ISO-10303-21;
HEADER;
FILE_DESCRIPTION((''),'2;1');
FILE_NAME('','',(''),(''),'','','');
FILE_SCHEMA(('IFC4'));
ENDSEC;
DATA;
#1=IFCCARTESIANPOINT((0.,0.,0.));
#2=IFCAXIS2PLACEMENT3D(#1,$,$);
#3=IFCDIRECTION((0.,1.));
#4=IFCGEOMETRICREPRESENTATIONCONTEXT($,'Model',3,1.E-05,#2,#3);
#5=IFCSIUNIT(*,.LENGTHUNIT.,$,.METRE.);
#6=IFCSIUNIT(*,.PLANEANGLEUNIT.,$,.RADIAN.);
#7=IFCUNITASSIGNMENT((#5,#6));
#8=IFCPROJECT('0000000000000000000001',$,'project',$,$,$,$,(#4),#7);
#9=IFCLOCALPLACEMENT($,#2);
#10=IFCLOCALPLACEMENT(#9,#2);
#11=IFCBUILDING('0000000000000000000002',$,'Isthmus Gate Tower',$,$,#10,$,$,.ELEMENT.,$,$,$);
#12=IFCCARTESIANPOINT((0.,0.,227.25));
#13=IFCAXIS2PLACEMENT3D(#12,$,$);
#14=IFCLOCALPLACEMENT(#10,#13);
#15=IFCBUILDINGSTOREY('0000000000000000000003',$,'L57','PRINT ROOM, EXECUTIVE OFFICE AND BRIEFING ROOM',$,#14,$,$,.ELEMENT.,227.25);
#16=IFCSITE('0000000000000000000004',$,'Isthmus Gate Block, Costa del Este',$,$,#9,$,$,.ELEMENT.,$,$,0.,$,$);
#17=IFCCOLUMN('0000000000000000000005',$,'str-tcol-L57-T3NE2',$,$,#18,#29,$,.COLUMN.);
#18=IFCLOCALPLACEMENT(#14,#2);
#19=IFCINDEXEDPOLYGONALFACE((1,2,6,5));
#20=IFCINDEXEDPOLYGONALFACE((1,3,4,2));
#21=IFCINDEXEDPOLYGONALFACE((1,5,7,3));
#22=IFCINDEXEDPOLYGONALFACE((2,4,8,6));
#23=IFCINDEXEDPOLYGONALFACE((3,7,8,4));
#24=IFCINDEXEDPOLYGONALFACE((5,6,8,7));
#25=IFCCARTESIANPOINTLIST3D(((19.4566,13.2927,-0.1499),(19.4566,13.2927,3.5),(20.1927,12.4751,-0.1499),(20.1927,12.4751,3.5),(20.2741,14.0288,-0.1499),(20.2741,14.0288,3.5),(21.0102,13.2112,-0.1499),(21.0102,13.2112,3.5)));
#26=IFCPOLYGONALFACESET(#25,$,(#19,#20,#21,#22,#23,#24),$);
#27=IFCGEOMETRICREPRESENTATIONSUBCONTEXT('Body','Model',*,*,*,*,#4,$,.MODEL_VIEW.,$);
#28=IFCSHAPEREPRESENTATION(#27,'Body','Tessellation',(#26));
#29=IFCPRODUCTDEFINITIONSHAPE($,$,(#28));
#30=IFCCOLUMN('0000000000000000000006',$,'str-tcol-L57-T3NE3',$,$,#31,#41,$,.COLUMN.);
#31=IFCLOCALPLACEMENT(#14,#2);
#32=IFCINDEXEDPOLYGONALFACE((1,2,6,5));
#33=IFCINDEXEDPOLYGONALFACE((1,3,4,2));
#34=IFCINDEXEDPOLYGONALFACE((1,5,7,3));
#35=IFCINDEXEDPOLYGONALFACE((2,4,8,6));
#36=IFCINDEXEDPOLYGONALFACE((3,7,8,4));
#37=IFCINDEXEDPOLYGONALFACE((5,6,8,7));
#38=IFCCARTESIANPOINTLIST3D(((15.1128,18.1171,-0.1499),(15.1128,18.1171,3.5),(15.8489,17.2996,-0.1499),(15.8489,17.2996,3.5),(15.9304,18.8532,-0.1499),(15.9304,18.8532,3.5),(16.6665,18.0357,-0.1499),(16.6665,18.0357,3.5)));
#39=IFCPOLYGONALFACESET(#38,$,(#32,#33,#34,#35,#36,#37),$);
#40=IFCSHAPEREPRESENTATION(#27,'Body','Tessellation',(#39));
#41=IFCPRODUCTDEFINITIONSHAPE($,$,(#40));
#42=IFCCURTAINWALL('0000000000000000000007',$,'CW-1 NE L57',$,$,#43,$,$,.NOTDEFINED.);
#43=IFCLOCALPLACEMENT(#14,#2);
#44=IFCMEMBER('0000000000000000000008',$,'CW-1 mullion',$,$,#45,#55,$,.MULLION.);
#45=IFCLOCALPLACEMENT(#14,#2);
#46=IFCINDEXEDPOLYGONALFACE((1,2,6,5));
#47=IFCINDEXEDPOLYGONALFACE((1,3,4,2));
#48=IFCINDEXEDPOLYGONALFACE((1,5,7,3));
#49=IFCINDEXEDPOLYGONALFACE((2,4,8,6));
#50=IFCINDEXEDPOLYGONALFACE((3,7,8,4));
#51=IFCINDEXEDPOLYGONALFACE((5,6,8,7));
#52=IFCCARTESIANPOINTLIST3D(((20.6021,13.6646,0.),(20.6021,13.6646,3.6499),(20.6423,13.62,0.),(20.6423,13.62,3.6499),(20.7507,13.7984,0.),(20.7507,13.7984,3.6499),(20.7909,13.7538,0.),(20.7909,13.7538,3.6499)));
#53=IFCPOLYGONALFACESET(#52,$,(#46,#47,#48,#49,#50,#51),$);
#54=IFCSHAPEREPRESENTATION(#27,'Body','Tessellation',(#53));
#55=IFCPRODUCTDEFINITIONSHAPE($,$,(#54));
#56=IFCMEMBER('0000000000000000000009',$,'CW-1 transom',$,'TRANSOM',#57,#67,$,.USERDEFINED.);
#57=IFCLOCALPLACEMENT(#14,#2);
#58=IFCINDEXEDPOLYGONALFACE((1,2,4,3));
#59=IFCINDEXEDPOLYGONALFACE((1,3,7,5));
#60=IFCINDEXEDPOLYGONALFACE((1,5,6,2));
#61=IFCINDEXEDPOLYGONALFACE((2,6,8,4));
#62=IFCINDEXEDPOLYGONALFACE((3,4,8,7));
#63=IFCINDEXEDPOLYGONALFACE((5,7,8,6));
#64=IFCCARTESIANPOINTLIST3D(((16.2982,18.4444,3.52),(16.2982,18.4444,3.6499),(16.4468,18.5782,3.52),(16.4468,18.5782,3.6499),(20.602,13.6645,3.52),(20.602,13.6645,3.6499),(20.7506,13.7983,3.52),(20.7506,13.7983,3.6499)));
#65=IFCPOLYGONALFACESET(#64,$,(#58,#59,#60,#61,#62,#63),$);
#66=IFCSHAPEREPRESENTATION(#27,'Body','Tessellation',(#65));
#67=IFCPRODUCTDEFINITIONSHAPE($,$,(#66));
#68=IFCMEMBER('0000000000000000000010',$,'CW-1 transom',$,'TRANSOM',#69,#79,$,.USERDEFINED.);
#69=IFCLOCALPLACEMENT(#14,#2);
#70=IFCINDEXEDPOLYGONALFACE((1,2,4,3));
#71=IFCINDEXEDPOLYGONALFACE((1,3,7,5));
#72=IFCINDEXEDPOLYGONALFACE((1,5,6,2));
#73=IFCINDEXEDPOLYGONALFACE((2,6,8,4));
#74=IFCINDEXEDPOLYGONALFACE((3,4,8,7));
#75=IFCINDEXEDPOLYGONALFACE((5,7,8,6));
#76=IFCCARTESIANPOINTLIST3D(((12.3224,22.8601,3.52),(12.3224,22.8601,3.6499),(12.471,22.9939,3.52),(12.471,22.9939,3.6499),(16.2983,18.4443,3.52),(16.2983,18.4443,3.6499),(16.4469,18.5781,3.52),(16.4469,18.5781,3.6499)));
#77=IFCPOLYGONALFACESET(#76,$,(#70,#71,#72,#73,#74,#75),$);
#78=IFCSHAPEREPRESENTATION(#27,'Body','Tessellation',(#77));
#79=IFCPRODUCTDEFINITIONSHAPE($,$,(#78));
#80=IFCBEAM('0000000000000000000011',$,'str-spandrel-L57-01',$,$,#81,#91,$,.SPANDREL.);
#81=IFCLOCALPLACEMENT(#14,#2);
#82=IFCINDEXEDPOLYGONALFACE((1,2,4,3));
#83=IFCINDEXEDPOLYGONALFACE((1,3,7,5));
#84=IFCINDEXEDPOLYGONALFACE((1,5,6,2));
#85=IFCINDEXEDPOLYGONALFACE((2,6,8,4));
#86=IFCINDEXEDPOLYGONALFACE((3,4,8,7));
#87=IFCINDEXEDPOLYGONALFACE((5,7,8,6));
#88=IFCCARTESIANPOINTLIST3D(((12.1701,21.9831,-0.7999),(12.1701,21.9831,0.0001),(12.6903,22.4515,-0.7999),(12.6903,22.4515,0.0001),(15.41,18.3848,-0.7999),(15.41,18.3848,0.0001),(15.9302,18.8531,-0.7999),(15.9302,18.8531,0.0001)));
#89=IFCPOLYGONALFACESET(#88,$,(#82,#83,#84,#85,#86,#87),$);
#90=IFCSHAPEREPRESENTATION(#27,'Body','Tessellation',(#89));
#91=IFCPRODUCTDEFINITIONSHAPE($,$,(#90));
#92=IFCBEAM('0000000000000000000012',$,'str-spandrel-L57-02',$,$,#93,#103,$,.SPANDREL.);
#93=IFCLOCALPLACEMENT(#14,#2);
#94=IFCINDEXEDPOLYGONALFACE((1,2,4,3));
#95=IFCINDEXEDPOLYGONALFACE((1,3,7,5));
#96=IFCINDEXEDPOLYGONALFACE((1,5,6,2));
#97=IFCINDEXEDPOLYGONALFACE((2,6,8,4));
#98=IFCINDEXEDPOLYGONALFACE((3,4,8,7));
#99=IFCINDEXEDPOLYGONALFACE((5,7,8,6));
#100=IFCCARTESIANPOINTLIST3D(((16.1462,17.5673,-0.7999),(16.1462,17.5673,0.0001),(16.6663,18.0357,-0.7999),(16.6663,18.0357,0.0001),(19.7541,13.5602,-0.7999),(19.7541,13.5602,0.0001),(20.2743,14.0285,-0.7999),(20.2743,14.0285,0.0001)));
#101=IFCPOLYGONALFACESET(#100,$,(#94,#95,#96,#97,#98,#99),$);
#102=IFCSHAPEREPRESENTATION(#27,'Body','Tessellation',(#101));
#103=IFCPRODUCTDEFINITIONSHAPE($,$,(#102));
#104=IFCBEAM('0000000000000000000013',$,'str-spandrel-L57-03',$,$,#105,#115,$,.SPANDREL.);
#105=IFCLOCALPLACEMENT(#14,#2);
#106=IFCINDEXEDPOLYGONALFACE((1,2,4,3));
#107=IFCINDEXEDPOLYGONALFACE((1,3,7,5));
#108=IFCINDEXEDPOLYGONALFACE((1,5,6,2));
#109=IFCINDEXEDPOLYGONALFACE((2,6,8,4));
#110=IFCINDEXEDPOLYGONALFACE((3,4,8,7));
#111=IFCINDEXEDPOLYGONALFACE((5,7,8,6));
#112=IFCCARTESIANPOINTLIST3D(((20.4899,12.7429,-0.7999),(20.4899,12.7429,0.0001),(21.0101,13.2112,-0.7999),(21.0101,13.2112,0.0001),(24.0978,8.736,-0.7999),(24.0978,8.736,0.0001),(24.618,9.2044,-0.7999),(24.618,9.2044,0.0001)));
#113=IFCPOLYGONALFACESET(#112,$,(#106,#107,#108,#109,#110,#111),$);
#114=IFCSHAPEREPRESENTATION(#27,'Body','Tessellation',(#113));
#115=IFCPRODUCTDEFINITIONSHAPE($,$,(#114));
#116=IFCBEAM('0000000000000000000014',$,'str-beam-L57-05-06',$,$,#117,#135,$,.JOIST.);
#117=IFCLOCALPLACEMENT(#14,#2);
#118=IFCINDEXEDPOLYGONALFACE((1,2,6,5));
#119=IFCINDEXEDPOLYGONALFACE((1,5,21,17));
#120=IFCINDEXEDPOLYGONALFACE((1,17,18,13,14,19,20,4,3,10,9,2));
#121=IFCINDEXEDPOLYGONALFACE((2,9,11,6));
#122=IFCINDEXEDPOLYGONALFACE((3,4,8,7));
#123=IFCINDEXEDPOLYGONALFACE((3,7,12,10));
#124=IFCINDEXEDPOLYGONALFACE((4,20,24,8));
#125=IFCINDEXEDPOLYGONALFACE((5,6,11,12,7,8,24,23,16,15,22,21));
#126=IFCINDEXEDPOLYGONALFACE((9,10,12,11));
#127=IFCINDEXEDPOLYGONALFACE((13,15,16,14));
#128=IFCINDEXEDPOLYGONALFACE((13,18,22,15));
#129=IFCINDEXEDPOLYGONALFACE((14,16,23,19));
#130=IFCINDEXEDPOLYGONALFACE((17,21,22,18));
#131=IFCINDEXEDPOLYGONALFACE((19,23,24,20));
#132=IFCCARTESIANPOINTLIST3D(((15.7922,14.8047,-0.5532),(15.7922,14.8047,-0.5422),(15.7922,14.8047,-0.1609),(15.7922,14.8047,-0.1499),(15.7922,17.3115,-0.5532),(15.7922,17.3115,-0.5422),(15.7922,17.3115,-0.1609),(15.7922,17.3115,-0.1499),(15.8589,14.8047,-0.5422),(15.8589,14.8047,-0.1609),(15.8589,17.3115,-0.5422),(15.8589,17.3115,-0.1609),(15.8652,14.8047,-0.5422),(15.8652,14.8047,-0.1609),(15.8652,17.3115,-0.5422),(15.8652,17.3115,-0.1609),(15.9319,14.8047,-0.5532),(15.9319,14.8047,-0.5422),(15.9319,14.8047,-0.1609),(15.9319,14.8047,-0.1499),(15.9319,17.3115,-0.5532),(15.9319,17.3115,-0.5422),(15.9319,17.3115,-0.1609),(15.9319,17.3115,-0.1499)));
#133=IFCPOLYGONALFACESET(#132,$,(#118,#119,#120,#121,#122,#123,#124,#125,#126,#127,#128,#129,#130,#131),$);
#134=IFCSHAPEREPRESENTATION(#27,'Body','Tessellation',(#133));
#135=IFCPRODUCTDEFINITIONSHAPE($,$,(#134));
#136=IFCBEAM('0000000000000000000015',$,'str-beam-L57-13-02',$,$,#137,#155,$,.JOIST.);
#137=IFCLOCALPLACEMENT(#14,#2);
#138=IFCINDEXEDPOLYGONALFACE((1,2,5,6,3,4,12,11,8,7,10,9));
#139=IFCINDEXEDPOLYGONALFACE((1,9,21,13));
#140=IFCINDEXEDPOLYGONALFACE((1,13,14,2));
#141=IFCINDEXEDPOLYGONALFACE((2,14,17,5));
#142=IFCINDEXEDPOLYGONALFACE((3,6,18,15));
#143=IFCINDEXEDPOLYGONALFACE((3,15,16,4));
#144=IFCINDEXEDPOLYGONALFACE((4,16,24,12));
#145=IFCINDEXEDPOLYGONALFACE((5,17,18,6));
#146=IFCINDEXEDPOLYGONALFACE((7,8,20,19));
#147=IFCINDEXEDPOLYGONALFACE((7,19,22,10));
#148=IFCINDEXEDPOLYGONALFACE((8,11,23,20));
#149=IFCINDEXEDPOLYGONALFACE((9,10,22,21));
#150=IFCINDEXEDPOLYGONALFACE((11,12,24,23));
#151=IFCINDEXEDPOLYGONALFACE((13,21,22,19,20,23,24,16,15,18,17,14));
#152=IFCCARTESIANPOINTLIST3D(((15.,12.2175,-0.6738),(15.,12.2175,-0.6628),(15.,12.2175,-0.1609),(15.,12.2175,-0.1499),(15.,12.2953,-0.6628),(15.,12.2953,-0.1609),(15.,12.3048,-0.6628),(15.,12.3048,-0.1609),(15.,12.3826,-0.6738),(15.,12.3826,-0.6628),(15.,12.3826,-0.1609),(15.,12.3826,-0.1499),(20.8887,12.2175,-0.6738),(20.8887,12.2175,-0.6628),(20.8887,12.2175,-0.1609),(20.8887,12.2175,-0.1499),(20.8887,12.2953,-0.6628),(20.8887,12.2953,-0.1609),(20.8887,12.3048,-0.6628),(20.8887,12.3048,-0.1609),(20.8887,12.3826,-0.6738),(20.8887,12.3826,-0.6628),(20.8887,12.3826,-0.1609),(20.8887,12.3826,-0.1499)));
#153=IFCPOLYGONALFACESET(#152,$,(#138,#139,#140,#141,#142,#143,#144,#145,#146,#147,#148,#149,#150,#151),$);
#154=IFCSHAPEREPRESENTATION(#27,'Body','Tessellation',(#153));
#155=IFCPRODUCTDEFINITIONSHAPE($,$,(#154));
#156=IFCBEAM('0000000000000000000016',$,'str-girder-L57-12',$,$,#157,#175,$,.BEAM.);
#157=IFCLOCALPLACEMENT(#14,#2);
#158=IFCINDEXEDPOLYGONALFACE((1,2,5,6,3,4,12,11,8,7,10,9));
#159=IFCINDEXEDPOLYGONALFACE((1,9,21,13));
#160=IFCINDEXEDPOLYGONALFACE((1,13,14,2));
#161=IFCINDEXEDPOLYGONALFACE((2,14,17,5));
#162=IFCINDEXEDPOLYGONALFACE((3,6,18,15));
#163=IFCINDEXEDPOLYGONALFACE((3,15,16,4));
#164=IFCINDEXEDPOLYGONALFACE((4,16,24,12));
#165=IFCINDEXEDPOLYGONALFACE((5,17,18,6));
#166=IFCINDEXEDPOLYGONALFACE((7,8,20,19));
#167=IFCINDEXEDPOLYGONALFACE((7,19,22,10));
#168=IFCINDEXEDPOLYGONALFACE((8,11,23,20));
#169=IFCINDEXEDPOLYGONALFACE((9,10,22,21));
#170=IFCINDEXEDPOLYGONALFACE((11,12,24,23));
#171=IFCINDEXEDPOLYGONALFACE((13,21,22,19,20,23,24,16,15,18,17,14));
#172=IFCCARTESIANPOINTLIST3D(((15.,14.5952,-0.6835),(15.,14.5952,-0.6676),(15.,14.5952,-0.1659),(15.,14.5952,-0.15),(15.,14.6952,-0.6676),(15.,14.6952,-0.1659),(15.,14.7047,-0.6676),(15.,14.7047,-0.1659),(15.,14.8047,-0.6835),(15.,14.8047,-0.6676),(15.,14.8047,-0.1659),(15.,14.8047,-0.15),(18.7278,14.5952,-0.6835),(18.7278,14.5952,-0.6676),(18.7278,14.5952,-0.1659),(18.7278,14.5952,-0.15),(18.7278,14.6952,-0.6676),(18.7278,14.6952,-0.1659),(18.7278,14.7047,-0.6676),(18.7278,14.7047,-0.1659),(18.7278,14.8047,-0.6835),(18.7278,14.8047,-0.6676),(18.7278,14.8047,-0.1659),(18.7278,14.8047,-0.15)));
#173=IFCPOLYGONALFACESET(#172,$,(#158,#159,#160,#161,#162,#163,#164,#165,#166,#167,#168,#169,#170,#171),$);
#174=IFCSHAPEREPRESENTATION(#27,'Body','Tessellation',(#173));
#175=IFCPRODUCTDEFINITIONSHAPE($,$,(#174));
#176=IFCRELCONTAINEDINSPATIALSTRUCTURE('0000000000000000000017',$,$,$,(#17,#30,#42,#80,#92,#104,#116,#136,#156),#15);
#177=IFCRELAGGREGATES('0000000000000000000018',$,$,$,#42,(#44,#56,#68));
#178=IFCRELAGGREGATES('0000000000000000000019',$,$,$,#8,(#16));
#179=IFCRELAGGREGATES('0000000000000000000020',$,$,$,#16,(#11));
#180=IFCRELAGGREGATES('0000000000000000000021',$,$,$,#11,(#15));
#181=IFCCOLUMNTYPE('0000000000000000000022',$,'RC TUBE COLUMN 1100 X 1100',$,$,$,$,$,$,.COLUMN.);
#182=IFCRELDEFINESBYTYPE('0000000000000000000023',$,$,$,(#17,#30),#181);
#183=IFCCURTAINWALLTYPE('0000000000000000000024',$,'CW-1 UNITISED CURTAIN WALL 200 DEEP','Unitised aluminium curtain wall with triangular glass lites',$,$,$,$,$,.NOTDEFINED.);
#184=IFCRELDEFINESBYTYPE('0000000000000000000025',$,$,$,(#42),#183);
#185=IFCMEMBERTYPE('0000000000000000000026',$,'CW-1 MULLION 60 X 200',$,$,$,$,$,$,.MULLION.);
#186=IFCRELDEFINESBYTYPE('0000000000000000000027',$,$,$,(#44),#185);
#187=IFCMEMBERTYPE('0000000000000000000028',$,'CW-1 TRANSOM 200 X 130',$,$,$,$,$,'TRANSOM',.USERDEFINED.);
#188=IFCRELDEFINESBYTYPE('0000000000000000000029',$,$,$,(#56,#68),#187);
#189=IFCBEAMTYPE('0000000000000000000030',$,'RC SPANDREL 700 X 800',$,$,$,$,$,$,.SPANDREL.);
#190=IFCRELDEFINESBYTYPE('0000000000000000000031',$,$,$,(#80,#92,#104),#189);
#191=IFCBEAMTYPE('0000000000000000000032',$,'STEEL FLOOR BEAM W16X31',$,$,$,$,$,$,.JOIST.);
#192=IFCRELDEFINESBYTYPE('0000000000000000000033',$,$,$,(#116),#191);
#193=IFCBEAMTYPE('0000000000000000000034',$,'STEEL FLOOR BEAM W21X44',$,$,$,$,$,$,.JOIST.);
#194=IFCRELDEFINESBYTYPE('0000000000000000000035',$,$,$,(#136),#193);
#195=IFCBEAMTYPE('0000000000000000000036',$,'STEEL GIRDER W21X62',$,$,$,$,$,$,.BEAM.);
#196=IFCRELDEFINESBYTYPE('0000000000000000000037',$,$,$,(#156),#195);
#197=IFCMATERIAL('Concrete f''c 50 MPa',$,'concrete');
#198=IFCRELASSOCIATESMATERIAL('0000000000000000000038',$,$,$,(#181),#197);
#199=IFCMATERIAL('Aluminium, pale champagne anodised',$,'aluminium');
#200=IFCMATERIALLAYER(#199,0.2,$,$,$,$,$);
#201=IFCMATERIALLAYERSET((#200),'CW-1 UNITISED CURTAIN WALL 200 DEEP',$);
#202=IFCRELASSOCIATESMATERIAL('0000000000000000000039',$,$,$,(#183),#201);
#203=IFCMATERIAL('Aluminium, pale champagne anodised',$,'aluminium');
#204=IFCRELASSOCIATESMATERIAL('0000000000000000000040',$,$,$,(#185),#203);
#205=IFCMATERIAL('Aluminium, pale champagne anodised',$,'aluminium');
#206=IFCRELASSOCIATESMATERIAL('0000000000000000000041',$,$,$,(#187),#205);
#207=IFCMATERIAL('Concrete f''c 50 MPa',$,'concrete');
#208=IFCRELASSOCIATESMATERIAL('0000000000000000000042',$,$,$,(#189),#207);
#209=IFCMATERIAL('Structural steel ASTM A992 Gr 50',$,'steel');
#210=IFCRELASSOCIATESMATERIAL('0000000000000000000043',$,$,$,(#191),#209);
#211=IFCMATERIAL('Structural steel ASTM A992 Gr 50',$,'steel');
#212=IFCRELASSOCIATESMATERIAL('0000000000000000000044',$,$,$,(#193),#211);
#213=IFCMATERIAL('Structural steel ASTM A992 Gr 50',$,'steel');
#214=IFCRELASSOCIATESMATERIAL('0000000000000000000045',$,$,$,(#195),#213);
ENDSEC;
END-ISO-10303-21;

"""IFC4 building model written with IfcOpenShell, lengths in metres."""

from ifc_helpers import new_model, si_unit, direction, frame, origin, origin_2d, place, context, subcontext, project, spatial, rectangle, i_section, extrude, material, layer, layer_set, material_profile, profile_set, type_object, element, aggregate, save


model = new_model("IFC4")

# Units and contexts
model_context = context("Model", 3, precision=1e-05, world=origin(), true_north=direction((0.0, 1.0)))
body_context = subcontext(model_context, "Body", "Model", "MODEL_VIEW")
ifc_project = project(units=[si_unit("LENGTHUNIT", "METRE"), si_unit("PLANEANGLEUNIT", "RADIAN")], contexts=[model_context])

# Site, building, storey
site_placement = place(None, origin())
site = spatial("IfcSite", under=ifc_project, at=site_placement, Name="Isthmus Gate Block, Costa del Este", CompositionType="ELEMENT", RefElevation=0.0)
building_placement = place(site_placement, origin())
building = spatial("IfcBuilding", under=site, at=building_placement, Name="Isthmus Gate Tower", CompositionType="ELEMENT")
storey_placement = place(building_placement, frame((0.0, 0.0, 227.25)))
storey = spatial("IfcBuildingStorey", under=building, at=storey_placement, Name="L57", Description="PRINT ROOM, EXECUTIVE OFFICE AND BRIEFING ROOM", CompositionType="ELEMENT", Elevation=227.25)

# Columns
ifc_material_1 = material(Name="Concrete f'c 50 MPa", Category="concrete")
ifc_material_profile_1 = material_profile(ifc_material_1, rectangle(XDim=1.1001, YDim=1.1001, at=origin_2d()), Name="RC 1100X1100")
ifc_profile_set_1 = profile_set([ifc_material_profile_1], Name="Concrete f'c 50 MPa")
column_type = type_object("IfcColumnType", Name="RC TUBE COLUMN 1100 X 1100", PredefinedType="COLUMN", material=ifc_profile_set_1)
for number, where, z_axis, x_axis, name in (
    (1, (20.2334, 13.252, -0.1499), (0.0, 0.0, 1.0), (-0.669131, 0.743145, 0.0), "str-tcol-L57-T3NE2"),
    (2, (15.8896, 18.0764, -0.1499), (0.0, 0.0, 1.0), (-0.669131, 0.743145, 0.0), "str-tcol-L57-T3NE3"),
):
    element("IfcColumn", number, at=place(storey_placement, frame(where, z_axis=z_axis, x_axis=x_axis)), inside=storey, type_object=column_type, Name=name, PredefinedType="COLUMN", context=body_context, shape_type="SweptSolid", body=[
        extrude(rectangle(XDim=1.1001, YDim=1.1001, at=origin_2d()), origin(), (0.0, 0.0, 1.0), 3.6499),
    ])

# Curtain wall, members
ifc_material_2 = material(Name="Aluminium, pale champagne anodised", Category="aluminium")
ifc_layer_1 = layer(ifc_material_2, 0.2)
ifc_layer_set_1 = layer_set([ifc_layer_1], Name="CW-1 UNITISED CURTAIN WALL 200 DEEP")
curtain_wall_type = type_object("IfcCurtainWallType", Name="CW-1 UNITISED CURTAIN WALL 200 DEEP", Description="Unitised aluminium curtain wall with triangular glass lites", PredefinedType="NOTDEFINED", material=ifc_layer_set_1)
curtain_wall_placement = place(storey_placement, origin())
curtain_wall = element("IfcCurtainWall", 3, at=curtain_wall_placement, inside=storey, type_object=curtain_wall_type, Name="CW-1 NE L57", PredefinedType="NOTDEFINED")
ifc_material_3 = material(Name="Aluminium, pale champagne anodised", Category="aluminium")
ifc_material_profile_2 = material_profile(ifc_material_3, rectangle(XDim=0.0601, YDim=0.2, at=origin_2d()), Name="60x200")
ifc_profile_set_2 = profile_set([ifc_material_profile_2], Name="Aluminium, pale champagne anodised")
member_type_1 = type_object("IfcMemberType", Name="CW-1 MULLION 60 X 200", PredefinedType="MULLION", material=ifc_profile_set_2)
member_1_placement = place(storey_placement, frame((20.6965, 13.7092, 0.0), z_axis=(0.0, 0.0, 1.0), x_axis=(-0.669131, 0.743145, 0.0)))
member_1 = element("IfcMember", 4, at=member_1_placement, type_object=member_type_1, Name="CW-1 mullion", PredefinedType="MULLION", context=body_context, shape_type="SweptSolid", body=[
    extrude(rectangle(XDim=0.0601, YDim=0.2, at=origin_2d()), origin(), (0.0, 0.0, 1.0), 3.6499),
])
ifc_material_4 = material(Name="Aluminium, pale champagne anodised", Category="aluminium")
ifc_material_profile_3 = material_profile(ifc_material_4, rectangle(XDim=0.2, YDim=0.1299, at=origin_2d()), Name="200x130")
ifc_profile_set_3 = profile_set([ifc_material_profile_3], Name="Aluminium, pale champagne anodised")
member_type_2 = type_object("IfcMemberType", Name="CW-1 TRANSOM 200 X 130", ElementType="TRANSOM", PredefinedType="USERDEFINED", material=ifc_profile_set_3)
member_2_placement = place(storey_placement, frame((20.6763, 13.7314, 3.585), z_axis=(-0.669128, 0.743147, 0.0), x_axis=(-0.743147, -0.669128, 0.0)))
member_2 = element("IfcMember", 5, at=member_2_placement, type_object=member_type_2, Name="CW-1 transom", ObjectType="TRANSOM", PredefinedType="USERDEFINED", context=body_context, shape_type="SweptSolid", body=[
    extrude(rectangle(XDim=0.2, YDim=0.1299, at=origin_2d()), origin(), (0.0, 0.0, 1.0), 6.4319),
])
member_3_placement = place(storey_placement, frame((16.3726, 18.5112, 3.585), z_axis=(-0.669117, 0.743157, 0.0), x_axis=(-0.743157, -0.669117, 0.0)))
member_3 = element("IfcMember", 6, at=member_3_placement, type_object=member_type_2, Name="CW-1 transom", ObjectType="TRANSOM", PredefinedType="USERDEFINED", context=body_context, shape_type="SweptSolid", body=[
    extrude(rectangle(XDim=0.2, YDim=0.1299, at=origin_2d()), origin(), (0.0, 0.0, 1.0), 5.9419),
])

# Beams
ifc_material_5 = material(Name="Concrete f'c 50 MPa", Category="concrete")
ifc_material_profile_4 = material_profile(ifc_material_5, rectangle(XDim=0.7, YDim=0.8, at=origin_2d()), Name="RC 700X800")
ifc_profile_set_4 = profile_set([ifc_material_profile_4], Name="Concrete f'c 50 MPa")
beam_type_1 = type_object("IfcBeamType", Name="RC SPANDREL 700 X 800", PredefinedType="SPANDREL", material=ifc_profile_set_4)
beam_1_placement = place(storey_placement, frame((12.4302, 22.2173, -0.3999), z_axis=(0.669129, -0.743146, 0.0), x_axis=(0.743146, 0.669129, 0.0)))
element("IfcBeam", 7, at=beam_1_placement, inside=storey, type_object=beam_type_1, Name="str-spandrel-L57-01", PredefinedType="SPANDREL", context=body_context, shape_type="SweptSolid", body=[
    extrude(rectangle(XDim=0.7, YDim=0.8, at=origin_2d()), origin(), (0.0, 0.0, 1.0), 4.842),
])
beam_2_placement = place(storey_placement, frame((16.4062, 17.8015, -0.3999), z_axis=(0.669122, -0.743152, 0.0), x_axis=(0.743152, 0.669122, 0.0)))
element("IfcBeam", 8, at=beam_2_placement, inside=storey, type_object=beam_type_1, Name="str-spandrel-L57-02", PredefinedType="SPANDREL", context=body_context, shape_type="SweptSolid", body=[
    extrude(rectangle(XDim=0.7, YDim=0.8, at=origin_2d()), origin(), (0.0, 0.0, 1.0), 5.3921),
])
beam_3_placement = place(storey_placement, frame((20.75, 12.9771, -0.3999), z_axis=(0.669145, -0.743132, 0.0), x_axis=(0.743132, 0.669145, 0.0)))
element("IfcBeam", 9, at=beam_3_placement, inside=storey, type_object=beam_type_1, Name="str-spandrel-L57-03", PredefinedType="SPANDREL", context=body_context, shape_type="SweptSolid", body=[
    extrude(rectangle(XDim=0.7, YDim=0.8, at=origin_2d()), origin(), (0.0, 0.0, 1.0), 5.3918),
])
ifc_material_6 = material(Name="Structural steel ASTM A992 Gr 50", Category="steel")
ifc_material_profile_5 = material_profile(ifc_material_6, i_section(OverallWidth=0.1396, OverallDepth=0.4033, WebThickness=0.0063, FlangeThickness=0.011, at=origin_2d()), Name="W16X31")
ifc_profile_set_5 = profile_set([ifc_material_profile_5], Name="Structural steel ASTM A992 Gr 50")
beam_type_2 = type_object("IfcBeamType", Name="STEEL FLOOR BEAM W16X31", PredefinedType="JOIST", material=ifc_profile_set_5)
beam_4_placement = place(storey_placement, frame((15.8621, 14.8047, -0.3516), z_axis=(0.0, 1.0, 0.0), x_axis=(-1.0, 0.0, 0.0)))
element("IfcBeam", 10, at=beam_4_placement, inside=storey, type_object=beam_type_2, Name="str-beam-L57-05-06", PredefinedType="JOIST", context=body_context, shape_type="SweptSolid", body=[
    extrude(i_section(OverallWidth=0.1396, OverallDepth=0.4033, WebThickness=0.0063, FlangeThickness=0.011, at=origin_2d()), origin(), (0.0, 0.0, 1.0), 2.5068),
])
ifc_material_7 = material(Name="Structural steel ASTM A992 Gr 50", Category="steel")
ifc_material_profile_6 = material_profile(ifc_material_7, i_section(OverallWidth=0.165, OverallDepth=0.5239, WebThickness=0.0095, FlangeThickness=0.011, at=origin_2d()), Name="W21X44")
ifc_profile_set_6 = profile_set([ifc_material_profile_6], Name="Structural steel ASTM A992 Gr 50")
beam_type_3 = type_object("IfcBeamType", Name="STEEL FLOOR BEAM W21X44", PredefinedType="JOIST", material=ifc_profile_set_6)
beam_5_placement = place(storey_placement, frame((15.0, 12.3, -0.4119), z_axis=(1.0, 0.0, 0.0), x_axis=(0.0, 1.0, 0.0)))
element("IfcBeam", 11, at=beam_5_placement, inside=storey, type_object=beam_type_3, Name="str-beam-L57-13-02", PredefinedType="JOIST", context=body_context, shape_type="SweptSolid", body=[
    extrude(i_section(OverallWidth=0.165, OverallDepth=0.5239, WebThickness=0.0095, FlangeThickness=0.011, at=origin_2d()), origin(), (0.0, 0.0, 1.0), 5.8887),
])
ifc_material_8 = material(Name="Structural steel ASTM A992 Gr 50", Category="steel")
ifc_material_profile_7 = material_profile(ifc_material_8, i_section(OverallWidth=0.2095, OverallDepth=0.5334, WebThickness=0.0095, FlangeThickness=0.0159, at=origin_2d()), Name="W21X62")
ifc_profile_set_7 = profile_set([ifc_material_profile_7], Name="Structural steel ASTM A992 Gr 50")
beam_type_4 = type_object("IfcBeamType", Name="STEEL GIRDER W21X62", PredefinedType="BEAM", material=ifc_profile_set_7)
beam_6_placement = place(storey_placement, frame((15.0, 14.7, -0.4167), z_axis=(1.0, 0.0, 0.0), x_axis=(0.0, 1.0, 0.0)))
element("IfcBeam", 12, at=beam_6_placement, inside=storey, type_object=beam_type_4, Name="str-girder-L57-12", PredefinedType="BEAM", context=body_context, shape_type="SweptSolid", body=[
    extrude(i_section(OverallWidth=0.2095, OverallDepth=0.5334, WebThickness=0.0095, FlangeThickness=0.0159, at=origin_2d()), origin(), (0.0, 0.0, 1.0), 3.7278),
])

aggregate(curtain_wall, [member_1, member_2, member_3])

save(model, "model.ifc")
